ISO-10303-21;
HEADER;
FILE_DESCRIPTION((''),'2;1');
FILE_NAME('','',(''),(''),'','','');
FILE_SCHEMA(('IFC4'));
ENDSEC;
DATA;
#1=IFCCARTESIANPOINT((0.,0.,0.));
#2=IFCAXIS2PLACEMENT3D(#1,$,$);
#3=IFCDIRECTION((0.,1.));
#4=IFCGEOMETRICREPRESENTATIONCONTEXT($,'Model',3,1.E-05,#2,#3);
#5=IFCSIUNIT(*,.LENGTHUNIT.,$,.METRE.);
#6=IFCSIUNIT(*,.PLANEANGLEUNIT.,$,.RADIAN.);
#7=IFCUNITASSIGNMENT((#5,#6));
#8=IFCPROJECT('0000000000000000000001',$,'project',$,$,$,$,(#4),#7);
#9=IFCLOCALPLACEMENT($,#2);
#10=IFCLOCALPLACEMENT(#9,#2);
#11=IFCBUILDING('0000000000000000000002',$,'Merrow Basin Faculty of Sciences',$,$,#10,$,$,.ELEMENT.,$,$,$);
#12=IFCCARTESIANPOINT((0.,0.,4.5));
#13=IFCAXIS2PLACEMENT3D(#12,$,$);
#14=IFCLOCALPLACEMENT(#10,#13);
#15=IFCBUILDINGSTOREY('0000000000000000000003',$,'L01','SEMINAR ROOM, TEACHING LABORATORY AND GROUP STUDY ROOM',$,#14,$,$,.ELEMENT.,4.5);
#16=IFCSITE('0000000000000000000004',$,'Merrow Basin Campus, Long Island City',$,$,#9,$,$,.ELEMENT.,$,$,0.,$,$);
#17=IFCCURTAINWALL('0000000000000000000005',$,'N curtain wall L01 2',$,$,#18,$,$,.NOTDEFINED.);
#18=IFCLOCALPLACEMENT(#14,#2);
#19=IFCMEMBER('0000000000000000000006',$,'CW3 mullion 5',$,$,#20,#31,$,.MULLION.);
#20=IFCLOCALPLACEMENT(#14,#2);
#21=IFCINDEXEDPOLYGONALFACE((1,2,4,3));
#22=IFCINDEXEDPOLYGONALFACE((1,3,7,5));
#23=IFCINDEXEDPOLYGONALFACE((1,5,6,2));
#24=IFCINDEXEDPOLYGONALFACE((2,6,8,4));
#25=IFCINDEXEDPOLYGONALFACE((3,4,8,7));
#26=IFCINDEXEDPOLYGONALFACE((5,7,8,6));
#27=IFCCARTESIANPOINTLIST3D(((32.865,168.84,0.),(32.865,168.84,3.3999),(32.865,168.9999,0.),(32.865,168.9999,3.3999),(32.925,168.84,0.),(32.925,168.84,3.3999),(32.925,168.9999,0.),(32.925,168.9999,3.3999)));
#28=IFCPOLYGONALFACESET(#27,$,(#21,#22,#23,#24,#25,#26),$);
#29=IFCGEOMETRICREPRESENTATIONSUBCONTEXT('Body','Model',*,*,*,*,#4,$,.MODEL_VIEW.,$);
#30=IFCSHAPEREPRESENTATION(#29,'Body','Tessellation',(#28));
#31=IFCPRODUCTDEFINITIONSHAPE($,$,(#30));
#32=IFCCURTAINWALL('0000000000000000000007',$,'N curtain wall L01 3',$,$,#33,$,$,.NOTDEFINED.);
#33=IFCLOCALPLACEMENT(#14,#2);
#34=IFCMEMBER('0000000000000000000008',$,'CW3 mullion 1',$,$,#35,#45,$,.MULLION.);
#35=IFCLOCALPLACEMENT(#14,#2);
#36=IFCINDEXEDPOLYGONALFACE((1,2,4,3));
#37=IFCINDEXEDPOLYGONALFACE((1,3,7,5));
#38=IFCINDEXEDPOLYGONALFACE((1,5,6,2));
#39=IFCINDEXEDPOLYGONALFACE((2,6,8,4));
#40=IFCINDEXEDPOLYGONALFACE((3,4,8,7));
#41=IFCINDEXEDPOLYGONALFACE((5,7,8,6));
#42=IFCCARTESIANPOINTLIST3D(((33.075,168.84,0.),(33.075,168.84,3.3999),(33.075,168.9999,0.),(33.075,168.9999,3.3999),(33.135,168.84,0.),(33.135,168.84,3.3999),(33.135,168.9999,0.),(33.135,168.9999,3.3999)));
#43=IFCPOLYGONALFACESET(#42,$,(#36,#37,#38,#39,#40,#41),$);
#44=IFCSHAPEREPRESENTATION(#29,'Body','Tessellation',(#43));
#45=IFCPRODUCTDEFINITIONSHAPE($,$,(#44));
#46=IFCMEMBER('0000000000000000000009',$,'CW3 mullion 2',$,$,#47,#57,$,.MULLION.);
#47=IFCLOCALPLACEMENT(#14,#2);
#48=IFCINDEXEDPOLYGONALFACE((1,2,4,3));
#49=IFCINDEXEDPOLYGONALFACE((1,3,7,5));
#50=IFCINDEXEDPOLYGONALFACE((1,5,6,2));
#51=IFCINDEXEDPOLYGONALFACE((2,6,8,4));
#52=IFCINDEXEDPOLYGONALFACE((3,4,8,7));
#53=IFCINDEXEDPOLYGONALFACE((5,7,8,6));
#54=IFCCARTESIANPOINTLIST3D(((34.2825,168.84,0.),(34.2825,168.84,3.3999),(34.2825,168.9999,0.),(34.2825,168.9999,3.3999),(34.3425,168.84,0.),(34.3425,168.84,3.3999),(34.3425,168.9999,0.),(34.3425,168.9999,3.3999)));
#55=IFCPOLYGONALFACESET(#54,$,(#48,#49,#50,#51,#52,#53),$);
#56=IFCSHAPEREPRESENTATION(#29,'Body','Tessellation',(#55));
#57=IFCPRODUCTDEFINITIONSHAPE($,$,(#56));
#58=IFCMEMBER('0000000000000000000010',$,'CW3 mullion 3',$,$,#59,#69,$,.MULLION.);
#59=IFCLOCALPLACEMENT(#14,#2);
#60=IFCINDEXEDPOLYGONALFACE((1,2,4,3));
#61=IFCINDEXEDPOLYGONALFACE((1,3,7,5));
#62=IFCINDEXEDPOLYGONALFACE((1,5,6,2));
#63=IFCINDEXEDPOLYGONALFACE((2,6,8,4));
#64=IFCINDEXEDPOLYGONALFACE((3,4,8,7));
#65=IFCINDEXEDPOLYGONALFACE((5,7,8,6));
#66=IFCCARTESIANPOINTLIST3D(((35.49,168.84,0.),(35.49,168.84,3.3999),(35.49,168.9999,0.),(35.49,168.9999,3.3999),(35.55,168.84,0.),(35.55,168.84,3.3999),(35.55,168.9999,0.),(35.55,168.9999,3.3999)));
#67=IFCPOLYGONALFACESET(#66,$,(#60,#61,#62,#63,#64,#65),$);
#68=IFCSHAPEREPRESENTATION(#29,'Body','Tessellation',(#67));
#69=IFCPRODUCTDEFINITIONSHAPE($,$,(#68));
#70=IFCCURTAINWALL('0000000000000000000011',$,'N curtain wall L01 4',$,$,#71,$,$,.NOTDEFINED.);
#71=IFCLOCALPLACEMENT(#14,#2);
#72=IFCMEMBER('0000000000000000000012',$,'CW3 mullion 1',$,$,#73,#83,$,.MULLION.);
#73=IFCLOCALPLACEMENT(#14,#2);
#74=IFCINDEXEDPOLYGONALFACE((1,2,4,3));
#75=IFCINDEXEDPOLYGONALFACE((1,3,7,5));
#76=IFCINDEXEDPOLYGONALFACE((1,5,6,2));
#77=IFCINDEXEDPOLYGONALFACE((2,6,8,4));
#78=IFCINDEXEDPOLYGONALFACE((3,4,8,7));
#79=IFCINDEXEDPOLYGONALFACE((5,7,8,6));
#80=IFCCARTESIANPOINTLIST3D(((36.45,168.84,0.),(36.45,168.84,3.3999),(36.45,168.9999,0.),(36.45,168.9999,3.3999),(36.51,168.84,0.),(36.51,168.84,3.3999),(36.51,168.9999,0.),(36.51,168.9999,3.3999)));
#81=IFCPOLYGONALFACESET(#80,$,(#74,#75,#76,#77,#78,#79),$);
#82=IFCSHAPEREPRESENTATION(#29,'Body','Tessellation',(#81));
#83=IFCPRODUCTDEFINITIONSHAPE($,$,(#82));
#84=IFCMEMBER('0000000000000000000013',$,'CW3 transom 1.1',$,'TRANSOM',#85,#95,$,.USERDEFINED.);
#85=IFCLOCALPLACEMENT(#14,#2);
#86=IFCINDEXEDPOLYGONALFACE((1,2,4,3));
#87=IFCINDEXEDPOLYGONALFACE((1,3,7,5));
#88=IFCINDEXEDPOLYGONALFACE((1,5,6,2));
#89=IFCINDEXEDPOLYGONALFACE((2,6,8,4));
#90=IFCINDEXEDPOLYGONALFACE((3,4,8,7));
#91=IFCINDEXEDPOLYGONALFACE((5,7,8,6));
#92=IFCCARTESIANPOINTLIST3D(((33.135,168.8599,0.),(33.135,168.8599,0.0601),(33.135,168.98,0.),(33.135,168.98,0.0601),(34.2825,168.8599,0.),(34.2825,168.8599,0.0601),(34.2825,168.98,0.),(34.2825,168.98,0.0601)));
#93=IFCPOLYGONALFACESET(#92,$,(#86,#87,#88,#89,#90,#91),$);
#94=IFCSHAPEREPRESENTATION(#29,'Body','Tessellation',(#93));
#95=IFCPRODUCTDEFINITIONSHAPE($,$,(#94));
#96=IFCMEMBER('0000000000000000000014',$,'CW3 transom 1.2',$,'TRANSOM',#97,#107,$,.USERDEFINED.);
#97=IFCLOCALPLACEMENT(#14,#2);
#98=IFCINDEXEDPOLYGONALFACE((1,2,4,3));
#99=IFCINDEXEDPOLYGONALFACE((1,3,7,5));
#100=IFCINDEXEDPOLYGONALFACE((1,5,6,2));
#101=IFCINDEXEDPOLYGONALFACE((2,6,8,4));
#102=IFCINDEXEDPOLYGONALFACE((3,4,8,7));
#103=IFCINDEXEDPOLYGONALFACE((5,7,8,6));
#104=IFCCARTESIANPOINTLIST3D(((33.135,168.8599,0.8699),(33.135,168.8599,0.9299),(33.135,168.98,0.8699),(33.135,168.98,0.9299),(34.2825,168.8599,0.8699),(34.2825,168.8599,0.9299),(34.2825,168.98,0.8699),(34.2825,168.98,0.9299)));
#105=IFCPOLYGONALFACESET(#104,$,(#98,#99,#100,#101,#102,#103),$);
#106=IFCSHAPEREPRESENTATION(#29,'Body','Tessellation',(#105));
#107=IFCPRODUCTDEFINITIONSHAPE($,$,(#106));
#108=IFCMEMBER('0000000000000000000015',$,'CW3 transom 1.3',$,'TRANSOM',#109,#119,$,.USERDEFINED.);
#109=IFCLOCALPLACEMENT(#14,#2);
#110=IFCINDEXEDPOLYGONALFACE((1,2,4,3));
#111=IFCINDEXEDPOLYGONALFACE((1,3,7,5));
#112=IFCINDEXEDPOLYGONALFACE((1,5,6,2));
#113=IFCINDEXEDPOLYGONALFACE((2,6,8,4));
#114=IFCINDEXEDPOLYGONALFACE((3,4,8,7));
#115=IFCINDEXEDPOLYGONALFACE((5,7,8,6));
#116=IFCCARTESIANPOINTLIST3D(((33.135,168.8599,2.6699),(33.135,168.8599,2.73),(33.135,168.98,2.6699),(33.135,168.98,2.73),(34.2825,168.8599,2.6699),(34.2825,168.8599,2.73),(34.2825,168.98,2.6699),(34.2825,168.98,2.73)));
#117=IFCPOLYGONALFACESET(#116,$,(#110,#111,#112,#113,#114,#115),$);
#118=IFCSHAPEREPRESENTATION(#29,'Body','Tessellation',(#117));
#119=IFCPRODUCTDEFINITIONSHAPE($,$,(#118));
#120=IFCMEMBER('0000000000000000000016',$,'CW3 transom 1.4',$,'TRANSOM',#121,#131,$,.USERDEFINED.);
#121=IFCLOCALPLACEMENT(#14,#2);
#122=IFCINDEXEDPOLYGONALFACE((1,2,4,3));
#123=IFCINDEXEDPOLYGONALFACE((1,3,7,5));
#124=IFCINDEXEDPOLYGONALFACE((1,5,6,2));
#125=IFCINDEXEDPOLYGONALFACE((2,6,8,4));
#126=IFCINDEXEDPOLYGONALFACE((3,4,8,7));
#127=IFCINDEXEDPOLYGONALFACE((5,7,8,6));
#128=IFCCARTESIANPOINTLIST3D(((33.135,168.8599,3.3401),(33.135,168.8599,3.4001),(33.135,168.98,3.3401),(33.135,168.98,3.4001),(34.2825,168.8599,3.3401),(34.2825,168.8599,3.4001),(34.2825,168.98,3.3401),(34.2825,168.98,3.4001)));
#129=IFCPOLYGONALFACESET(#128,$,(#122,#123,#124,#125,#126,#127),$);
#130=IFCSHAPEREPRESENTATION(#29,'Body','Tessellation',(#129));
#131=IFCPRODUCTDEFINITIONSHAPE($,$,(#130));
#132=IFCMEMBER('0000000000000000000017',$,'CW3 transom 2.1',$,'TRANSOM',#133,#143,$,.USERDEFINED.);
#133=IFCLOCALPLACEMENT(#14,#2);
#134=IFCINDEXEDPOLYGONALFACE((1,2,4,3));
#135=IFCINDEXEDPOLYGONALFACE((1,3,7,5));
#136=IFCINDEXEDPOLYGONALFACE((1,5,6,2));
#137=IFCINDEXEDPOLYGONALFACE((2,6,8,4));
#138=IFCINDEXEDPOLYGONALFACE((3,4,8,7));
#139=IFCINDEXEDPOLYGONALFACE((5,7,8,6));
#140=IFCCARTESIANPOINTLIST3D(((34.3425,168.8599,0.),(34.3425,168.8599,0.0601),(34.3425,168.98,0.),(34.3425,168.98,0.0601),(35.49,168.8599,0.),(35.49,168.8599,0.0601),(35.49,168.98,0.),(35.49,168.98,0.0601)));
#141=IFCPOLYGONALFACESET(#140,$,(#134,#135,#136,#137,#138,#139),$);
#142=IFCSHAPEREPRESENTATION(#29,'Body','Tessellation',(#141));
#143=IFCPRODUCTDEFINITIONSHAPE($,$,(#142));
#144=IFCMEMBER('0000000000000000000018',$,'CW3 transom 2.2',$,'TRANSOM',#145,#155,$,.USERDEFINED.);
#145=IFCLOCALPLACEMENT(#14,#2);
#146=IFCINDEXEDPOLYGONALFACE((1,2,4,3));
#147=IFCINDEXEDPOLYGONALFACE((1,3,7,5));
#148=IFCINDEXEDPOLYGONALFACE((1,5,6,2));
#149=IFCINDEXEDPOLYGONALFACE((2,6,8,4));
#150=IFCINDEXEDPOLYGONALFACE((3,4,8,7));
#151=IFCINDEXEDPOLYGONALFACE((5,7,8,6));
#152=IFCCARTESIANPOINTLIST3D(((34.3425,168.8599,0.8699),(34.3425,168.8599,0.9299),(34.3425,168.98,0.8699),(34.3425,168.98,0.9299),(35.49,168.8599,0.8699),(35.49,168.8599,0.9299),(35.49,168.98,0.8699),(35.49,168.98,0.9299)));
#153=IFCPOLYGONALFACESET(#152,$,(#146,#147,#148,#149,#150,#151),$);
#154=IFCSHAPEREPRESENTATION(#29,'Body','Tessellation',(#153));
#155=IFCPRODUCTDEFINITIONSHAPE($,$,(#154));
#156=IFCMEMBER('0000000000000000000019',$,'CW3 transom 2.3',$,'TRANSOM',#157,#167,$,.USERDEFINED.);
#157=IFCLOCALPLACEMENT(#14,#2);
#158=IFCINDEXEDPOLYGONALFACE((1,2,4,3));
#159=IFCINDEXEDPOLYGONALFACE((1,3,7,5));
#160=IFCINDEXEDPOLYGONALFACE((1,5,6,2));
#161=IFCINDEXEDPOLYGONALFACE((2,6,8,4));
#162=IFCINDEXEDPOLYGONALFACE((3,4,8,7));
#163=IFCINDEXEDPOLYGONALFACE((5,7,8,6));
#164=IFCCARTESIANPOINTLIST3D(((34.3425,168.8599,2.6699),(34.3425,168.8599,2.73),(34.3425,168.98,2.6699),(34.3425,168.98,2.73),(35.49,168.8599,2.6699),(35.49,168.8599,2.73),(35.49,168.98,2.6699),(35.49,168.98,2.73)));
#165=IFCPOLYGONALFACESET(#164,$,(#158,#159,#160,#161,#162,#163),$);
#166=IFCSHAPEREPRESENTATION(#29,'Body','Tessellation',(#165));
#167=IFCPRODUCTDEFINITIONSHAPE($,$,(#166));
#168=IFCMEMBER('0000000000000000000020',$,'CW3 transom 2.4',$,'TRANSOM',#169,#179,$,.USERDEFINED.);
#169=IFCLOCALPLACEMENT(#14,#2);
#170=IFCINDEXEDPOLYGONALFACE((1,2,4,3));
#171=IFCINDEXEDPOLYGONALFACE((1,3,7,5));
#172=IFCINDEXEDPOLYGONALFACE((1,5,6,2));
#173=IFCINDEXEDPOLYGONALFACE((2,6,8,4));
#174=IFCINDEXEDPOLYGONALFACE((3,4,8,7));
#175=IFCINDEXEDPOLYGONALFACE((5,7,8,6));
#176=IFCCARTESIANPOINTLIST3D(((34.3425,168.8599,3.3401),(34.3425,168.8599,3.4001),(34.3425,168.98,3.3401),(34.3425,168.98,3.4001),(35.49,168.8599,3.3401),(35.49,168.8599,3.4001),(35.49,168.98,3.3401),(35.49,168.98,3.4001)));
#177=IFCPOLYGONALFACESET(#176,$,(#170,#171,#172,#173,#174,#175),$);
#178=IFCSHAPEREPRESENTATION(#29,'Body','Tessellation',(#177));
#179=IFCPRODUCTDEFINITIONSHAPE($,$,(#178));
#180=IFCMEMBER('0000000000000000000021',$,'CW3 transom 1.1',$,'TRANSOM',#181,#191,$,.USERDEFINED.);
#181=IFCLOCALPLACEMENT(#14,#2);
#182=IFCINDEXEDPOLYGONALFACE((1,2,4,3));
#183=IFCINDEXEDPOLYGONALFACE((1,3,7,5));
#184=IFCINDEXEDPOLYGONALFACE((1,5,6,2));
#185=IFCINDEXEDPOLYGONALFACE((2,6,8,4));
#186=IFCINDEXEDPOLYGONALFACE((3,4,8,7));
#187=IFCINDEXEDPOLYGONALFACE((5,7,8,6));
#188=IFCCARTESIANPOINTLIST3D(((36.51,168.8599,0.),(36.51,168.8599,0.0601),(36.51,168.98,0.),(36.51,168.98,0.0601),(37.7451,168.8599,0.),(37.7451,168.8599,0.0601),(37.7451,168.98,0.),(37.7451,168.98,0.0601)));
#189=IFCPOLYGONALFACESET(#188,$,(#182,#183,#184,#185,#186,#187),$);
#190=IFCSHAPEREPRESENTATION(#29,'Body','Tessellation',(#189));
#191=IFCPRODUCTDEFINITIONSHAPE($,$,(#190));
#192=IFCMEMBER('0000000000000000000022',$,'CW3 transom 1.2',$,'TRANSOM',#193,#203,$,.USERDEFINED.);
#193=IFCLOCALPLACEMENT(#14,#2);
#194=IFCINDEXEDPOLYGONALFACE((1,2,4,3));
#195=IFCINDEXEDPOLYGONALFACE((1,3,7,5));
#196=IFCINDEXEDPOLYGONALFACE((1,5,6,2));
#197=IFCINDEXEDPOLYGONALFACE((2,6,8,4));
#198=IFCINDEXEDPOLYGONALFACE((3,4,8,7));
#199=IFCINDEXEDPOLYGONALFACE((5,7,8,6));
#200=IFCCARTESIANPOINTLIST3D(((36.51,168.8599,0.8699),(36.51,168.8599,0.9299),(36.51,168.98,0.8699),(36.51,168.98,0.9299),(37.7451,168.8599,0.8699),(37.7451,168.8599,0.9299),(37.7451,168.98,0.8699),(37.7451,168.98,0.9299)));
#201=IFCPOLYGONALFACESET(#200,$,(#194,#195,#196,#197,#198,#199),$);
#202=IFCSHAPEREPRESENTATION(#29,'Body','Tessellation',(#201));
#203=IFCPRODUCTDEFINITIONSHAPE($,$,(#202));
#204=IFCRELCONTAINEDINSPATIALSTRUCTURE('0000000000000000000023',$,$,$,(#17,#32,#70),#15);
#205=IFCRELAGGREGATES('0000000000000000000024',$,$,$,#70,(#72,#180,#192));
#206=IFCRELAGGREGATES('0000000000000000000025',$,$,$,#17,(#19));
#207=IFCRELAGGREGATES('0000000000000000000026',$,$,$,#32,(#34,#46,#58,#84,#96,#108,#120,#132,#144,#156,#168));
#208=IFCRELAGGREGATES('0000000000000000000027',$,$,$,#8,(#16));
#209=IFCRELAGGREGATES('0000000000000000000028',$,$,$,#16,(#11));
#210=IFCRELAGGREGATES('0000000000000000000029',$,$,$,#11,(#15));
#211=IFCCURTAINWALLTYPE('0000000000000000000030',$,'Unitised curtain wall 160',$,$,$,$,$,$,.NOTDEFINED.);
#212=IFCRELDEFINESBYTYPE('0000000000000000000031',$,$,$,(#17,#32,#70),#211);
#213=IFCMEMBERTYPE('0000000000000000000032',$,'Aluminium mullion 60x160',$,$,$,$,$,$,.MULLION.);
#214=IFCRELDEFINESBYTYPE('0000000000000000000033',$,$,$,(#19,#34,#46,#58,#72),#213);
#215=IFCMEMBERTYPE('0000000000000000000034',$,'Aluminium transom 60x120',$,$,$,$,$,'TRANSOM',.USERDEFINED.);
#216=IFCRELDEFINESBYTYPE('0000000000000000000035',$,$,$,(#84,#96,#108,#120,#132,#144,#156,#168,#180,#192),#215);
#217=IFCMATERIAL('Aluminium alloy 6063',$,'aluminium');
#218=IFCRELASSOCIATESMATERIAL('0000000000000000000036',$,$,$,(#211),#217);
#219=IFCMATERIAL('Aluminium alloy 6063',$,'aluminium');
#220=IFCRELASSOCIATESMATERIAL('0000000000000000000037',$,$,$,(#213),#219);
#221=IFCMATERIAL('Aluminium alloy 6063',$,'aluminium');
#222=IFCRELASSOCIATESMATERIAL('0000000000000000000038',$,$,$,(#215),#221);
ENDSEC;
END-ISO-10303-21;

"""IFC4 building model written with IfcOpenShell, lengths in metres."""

from ifc_helpers import new_model, si_unit, direction, frame, origin, origin_2d, place, context, subcontext, project, spatial, rectangle, extrude, material, material_profile, profile_set, type_object, element, aggregate, save


model = new_model("IFC4")

# Units and contexts
model_context = context("Model", 3, precision=1e-05, world=origin(), true_north=direction((0.0, 1.0)))
body_context = subcontext(model_context, "Body", "Model", "MODEL_VIEW")
ifc_project = project(units=[si_unit("LENGTHUNIT", "METRE"), si_unit("PLANEANGLEUNIT", "RADIAN")], contexts=[model_context])

# Site, building, storey
site_placement = place(None, origin())
site = spatial("IfcSite", under=ifc_project, at=site_placement, Name="Merrow Basin Campus, Long Island City", CompositionType="ELEMENT", RefElevation=0.0)
building_placement = place(site_placement, origin())
building = spatial("IfcBuilding", under=site, at=building_placement, Name="Merrow Basin Faculty of Sciences", CompositionType="ELEMENT")
storey_placement = place(building_placement, frame((0.0, 0.0, 4.5)))
storey = spatial("IfcBuildingStorey", under=building, at=storey_placement, Name="L01", Description="SEMINAR ROOM, TEACHING LABORATORY AND GROUP STUDY ROOM", CompositionType="ELEMENT", Elevation=4.5)

# Curtain wall, member
ifc_material_1 = material(Name="Aluminium alloy 6063", Category="aluminium")
curtain_wall_type = type_object("IfcCurtainWallType", Name="Unitised curtain wall 160", PredefinedType="NOTDEFINED", material=ifc_material_1)
curtain_wall_1_placement = place(storey_placement, origin())
curtain_wall_1 = element("IfcCurtainWall", 1, at=curtain_wall_1_placement, inside=storey, type_object=curtain_wall_type, Name="N curtain wall L01 2", PredefinedType="NOTDEFINED")
ifc_material_2 = material(Name="Aluminium alloy 6063", Category="aluminium")
ifc_material_profile_1 = material_profile(ifc_material_2, rectangle(XDim=0.1599, YDim=0.0601, at=origin_2d()))
ifc_profile_set_1 = profile_set([ifc_material_profile_1], Name="Aluminium alloy 6063")
member_type_1 = type_object("IfcMemberType", Name="Aluminium mullion 60x160", PredefinedType="MULLION", material=ifc_profile_set_1)
member_1_placement = place(storey_placement, frame((32.895, 168.9199, 0.0), z_axis=(0.0, 0.0, 1.0), x_axis=(0.0, 1.0, 0.0)))
member_1 = element("IfcMember", 2, at=member_1_placement, type_object=member_type_1, Name="CW3 mullion 5", PredefinedType="MULLION", context=body_context, shape_type="SweptSolid", body=[
    extrude(rectangle(XDim=0.1599, YDim=0.0601, at=origin_2d()), origin(), (0.0, 0.0, 1.0), 3.3999),
])

# Curtain wall, members
curtain_wall_2_placement = place(storey_placement, origin())
curtain_wall_2 = element("IfcCurtainWall", 3, at=curtain_wall_2_placement, inside=storey, type_object=curtain_wall_type, Name="N curtain wall L01 3", PredefinedType="NOTDEFINED")
member_2_placement = place(storey_placement, frame((33.105, 168.9199, 0.0), z_axis=(0.0, 0.0, 1.0), x_axis=(0.0, 1.0, 0.0)))
member_2 = element("IfcMember", 4, at=member_2_placement, type_object=member_type_1, Name="CW3 mullion 1", PredefinedType="MULLION", context=body_context, shape_type="SweptSolid", body=[
    extrude(rectangle(XDim=0.1599, YDim=0.0601, at=origin_2d()), origin(), (0.0, 0.0, 1.0), 3.3999),
])
member_3_placement = place(storey_placement, frame((34.3125, 168.9199, 0.0), z_axis=(0.0, 0.0, 1.0), x_axis=(0.0, 1.0, 0.0)))
member_3 = element("IfcMember", 5, at=member_3_placement, type_object=member_type_1, Name="CW3 mullion 2", PredefinedType="MULLION", context=body_context, shape_type="SweptSolid", body=[
    extrude(rectangle(XDim=0.1599, YDim=0.0601, at=origin_2d()), origin(), (0.0, 0.0, 1.0), 3.3999),
])
member_4_placement = place(storey_placement, frame((35.52, 168.9199, 0.0), z_axis=(0.0, 0.0, 1.0), x_axis=(0.0, 1.0, 0.0)))
member_4 = element("IfcMember", 6, at=member_4_placement, type_object=member_type_1, Name="CW3 mullion 3", PredefinedType="MULLION", context=body_context, shape_type="SweptSolid", body=[
    extrude(rectangle(XDim=0.1599, YDim=0.0601, at=origin_2d()), origin(), (0.0, 0.0, 1.0), 3.3999),
])

# Curtain wall, member
curtain_wall_3_placement = place(storey_placement, origin())
curtain_wall_3 = element("IfcCurtainWall", 7, at=curtain_wall_3_placement, inside=storey, type_object=curtain_wall_type, Name="N curtain wall L01 4", PredefinedType="NOTDEFINED")
member_5_placement = place(storey_placement, frame((36.48, 168.9199, 0.0), z_axis=(0.0, 0.0, 1.0), x_axis=(0.0, 1.0, 0.0)))
member_5 = element("IfcMember", 8, at=member_5_placement, type_object=member_type_1, Name="CW3 mullion 1", PredefinedType="MULLION", context=body_context, shape_type="SweptSolid", body=[
    extrude(rectangle(XDim=0.1599, YDim=0.0601, at=origin_2d()), origin(), (0.0, 0.0, 1.0), 3.3999),
])

# Members
ifc_material_3 = material(Name="Aluminium alloy 6063", Category="aluminium")
ifc_material_profile_2 = material_profile(ifc_material_3, rectangle(XDim=0.1201, YDim=0.0601, at=origin_2d()))
ifc_profile_set_2 = profile_set([ifc_material_profile_2], Name="Aluminium alloy 6063")
member_type_2 = type_object("IfcMemberType", Name="Aluminium transom 60x120", ElementType="TRANSOM", PredefinedType="USERDEFINED", material=ifc_profile_set_2)
member_6_placement = place(storey_placement, frame((33.135, 168.9199, 0.03), z_axis=(1.0, 0.0, 0.0), x_axis=(0.0, 1.0, 0.0)))
member_6 = element("IfcMember", 9, at=member_6_placement, type_object=member_type_2, Name="CW3 transom 1.1", ObjectType="TRANSOM", PredefinedType="USERDEFINED", context=body_context, shape_type="SweptSolid", body=[
    extrude(rectangle(XDim=0.1201, YDim=0.0601, at=origin_2d()), origin(), (0.0, 0.0, 1.0), 1.1475),
])
member_7_placement = place(storey_placement, frame((33.135, 168.9199, 0.8999), z_axis=(1.0, 0.0, 0.0), x_axis=(0.0, 1.0, 0.0)))
member_7 = element("IfcMember", 10, at=member_7_placement, type_object=member_type_2, Name="CW3 transom 1.2", ObjectType="TRANSOM", PredefinedType="USERDEFINED", context=body_context, shape_type="SweptSolid", body=[
    extrude(rectangle(XDim=0.1201, YDim=0.0601, at=origin_2d()), origin(), (0.0, 0.0, 1.0), 1.1475),
])
member_8_placement = place(storey_placement, frame((33.135, 168.9199, 2.7), z_axis=(1.0, 0.0, 0.0), x_axis=(0.0, 1.0, 0.0)))
member_8 = element("IfcMember", 11, at=member_8_placement, type_object=member_type_2, Name="CW3 transom 1.3", ObjectType="TRANSOM", PredefinedType="USERDEFINED", context=body_context, shape_type="SweptSolid", body=[
    extrude(rectangle(XDim=0.1201, YDim=0.0601, at=origin_2d()), origin(), (0.0, 0.0, 1.0), 1.1475),
])
member_9_placement = place(storey_placement, frame((33.135, 168.9199, 3.3701), z_axis=(1.0, 0.0, 0.0), x_axis=(0.0, 1.0, 0.0)))
member_9 = element("IfcMember", 12, at=member_9_placement, type_object=member_type_2, Name="CW3 transom 1.4", ObjectType="TRANSOM", PredefinedType="USERDEFINED", context=body_context, shape_type="SweptSolid", body=[
    extrude(rectangle(XDim=0.1201, YDim=0.0601, at=origin_2d()), origin(), (0.0, 0.0, 1.0), 1.1475),
])
member_10_placement = place(storey_placement, frame((34.3425, 168.9199, 0.03), z_axis=(1.0, 0.0, 0.0), x_axis=(0.0, 1.0, 0.0)))
member_10 = element("IfcMember", 13, at=member_10_placement, type_object=member_type_2, Name="CW3 transom 2.1", ObjectType="TRANSOM", PredefinedType="USERDEFINED", context=body_context, shape_type="SweptSolid", body=[
    extrude(rectangle(XDim=0.1201, YDim=0.0601, at=origin_2d()), origin(), (0.0, 0.0, 1.0), 1.1475),
])
member_11_placement = place(storey_placement, frame((34.3425, 168.9199, 0.8999), z_axis=(1.0, 0.0, 0.0), x_axis=(0.0, 1.0, 0.0)))
member_11 = element("IfcMember", 14, at=member_11_placement, type_object=member_type_2, Name="CW3 transom 2.2", ObjectType="TRANSOM", PredefinedType="USERDEFINED", context=body_context, shape_type="SweptSolid", body=[
    extrude(rectangle(XDim=0.1201, YDim=0.0601, at=origin_2d()), origin(), (0.0, 0.0, 1.0), 1.1475),
])
member_12_placement = place(storey_placement, frame((34.3425, 168.9199, 2.7), z_axis=(1.0, 0.0, 0.0), x_axis=(0.0, 1.0, 0.0)))
member_12 = element("IfcMember", 15, at=member_12_placement, type_object=member_type_2, Name="CW3 transom 2.3", ObjectType="TRANSOM", PredefinedType="USERDEFINED", context=body_context, shape_type="SweptSolid", body=[
    extrude(rectangle(XDim=0.1201, YDim=0.0601, at=origin_2d()), origin(), (0.0, 0.0, 1.0), 1.1475),
])
member_13_placement = place(storey_placement, frame((34.3425, 168.9199, 3.3701), z_axis=(1.0, 0.0, 0.0), x_axis=(0.0, 1.0, 0.0)))
member_13 = element("IfcMember", 16, at=member_13_placement, type_object=member_type_2, Name="CW3 transom 2.4", ObjectType="TRANSOM", PredefinedType="USERDEFINED", context=body_context, shape_type="SweptSolid", body=[
    extrude(rectangle(XDim=0.1201, YDim=0.0601, at=origin_2d()), origin(), (0.0, 0.0, 1.0), 1.1475),
])
member_14_placement = place(storey_placement, frame((36.51, 168.9199, 0.03), z_axis=(1.0, 0.0, 0.0), x_axis=(0.0, 1.0, 0.0)))
member_14 = element("IfcMember", 17, at=member_14_placement, type_object=member_type_2, Name="CW3 transom 1.1", ObjectType="TRANSOM", PredefinedType="USERDEFINED", context=body_context, shape_type="SweptSolid", body=[
    extrude(rectangle(XDim=0.1201, YDim=0.0601, at=origin_2d()), origin(), (0.0, 0.0, 1.0), 1.2351),
])
member_15_placement = place(storey_placement, frame((36.51, 168.9199, 0.8999), z_axis=(1.0, 0.0, 0.0), x_axis=(0.0, 1.0, 0.0)))
member_15 = element("IfcMember", 18, at=member_15_placement, type_object=member_type_2, Name="CW3 transom 1.2", ObjectType="TRANSOM", PredefinedType="USERDEFINED", context=body_context, shape_type="SweptSolid", body=[
    extrude(rectangle(XDim=0.1201, YDim=0.0601, at=origin_2d()), origin(), (0.0, 0.0, 1.0), 1.2351),
])
aggregate(curtain_wall_3, [member_5, member_14, member_15])

aggregate(curtain_wall_1, [member_1])
aggregate(curtain_wall_2, [member_2, member_3, member_4, member_6, member_7, member_8, member_9, member_10, member_11, member_12, member_13])

save(model, "model.ifc")
